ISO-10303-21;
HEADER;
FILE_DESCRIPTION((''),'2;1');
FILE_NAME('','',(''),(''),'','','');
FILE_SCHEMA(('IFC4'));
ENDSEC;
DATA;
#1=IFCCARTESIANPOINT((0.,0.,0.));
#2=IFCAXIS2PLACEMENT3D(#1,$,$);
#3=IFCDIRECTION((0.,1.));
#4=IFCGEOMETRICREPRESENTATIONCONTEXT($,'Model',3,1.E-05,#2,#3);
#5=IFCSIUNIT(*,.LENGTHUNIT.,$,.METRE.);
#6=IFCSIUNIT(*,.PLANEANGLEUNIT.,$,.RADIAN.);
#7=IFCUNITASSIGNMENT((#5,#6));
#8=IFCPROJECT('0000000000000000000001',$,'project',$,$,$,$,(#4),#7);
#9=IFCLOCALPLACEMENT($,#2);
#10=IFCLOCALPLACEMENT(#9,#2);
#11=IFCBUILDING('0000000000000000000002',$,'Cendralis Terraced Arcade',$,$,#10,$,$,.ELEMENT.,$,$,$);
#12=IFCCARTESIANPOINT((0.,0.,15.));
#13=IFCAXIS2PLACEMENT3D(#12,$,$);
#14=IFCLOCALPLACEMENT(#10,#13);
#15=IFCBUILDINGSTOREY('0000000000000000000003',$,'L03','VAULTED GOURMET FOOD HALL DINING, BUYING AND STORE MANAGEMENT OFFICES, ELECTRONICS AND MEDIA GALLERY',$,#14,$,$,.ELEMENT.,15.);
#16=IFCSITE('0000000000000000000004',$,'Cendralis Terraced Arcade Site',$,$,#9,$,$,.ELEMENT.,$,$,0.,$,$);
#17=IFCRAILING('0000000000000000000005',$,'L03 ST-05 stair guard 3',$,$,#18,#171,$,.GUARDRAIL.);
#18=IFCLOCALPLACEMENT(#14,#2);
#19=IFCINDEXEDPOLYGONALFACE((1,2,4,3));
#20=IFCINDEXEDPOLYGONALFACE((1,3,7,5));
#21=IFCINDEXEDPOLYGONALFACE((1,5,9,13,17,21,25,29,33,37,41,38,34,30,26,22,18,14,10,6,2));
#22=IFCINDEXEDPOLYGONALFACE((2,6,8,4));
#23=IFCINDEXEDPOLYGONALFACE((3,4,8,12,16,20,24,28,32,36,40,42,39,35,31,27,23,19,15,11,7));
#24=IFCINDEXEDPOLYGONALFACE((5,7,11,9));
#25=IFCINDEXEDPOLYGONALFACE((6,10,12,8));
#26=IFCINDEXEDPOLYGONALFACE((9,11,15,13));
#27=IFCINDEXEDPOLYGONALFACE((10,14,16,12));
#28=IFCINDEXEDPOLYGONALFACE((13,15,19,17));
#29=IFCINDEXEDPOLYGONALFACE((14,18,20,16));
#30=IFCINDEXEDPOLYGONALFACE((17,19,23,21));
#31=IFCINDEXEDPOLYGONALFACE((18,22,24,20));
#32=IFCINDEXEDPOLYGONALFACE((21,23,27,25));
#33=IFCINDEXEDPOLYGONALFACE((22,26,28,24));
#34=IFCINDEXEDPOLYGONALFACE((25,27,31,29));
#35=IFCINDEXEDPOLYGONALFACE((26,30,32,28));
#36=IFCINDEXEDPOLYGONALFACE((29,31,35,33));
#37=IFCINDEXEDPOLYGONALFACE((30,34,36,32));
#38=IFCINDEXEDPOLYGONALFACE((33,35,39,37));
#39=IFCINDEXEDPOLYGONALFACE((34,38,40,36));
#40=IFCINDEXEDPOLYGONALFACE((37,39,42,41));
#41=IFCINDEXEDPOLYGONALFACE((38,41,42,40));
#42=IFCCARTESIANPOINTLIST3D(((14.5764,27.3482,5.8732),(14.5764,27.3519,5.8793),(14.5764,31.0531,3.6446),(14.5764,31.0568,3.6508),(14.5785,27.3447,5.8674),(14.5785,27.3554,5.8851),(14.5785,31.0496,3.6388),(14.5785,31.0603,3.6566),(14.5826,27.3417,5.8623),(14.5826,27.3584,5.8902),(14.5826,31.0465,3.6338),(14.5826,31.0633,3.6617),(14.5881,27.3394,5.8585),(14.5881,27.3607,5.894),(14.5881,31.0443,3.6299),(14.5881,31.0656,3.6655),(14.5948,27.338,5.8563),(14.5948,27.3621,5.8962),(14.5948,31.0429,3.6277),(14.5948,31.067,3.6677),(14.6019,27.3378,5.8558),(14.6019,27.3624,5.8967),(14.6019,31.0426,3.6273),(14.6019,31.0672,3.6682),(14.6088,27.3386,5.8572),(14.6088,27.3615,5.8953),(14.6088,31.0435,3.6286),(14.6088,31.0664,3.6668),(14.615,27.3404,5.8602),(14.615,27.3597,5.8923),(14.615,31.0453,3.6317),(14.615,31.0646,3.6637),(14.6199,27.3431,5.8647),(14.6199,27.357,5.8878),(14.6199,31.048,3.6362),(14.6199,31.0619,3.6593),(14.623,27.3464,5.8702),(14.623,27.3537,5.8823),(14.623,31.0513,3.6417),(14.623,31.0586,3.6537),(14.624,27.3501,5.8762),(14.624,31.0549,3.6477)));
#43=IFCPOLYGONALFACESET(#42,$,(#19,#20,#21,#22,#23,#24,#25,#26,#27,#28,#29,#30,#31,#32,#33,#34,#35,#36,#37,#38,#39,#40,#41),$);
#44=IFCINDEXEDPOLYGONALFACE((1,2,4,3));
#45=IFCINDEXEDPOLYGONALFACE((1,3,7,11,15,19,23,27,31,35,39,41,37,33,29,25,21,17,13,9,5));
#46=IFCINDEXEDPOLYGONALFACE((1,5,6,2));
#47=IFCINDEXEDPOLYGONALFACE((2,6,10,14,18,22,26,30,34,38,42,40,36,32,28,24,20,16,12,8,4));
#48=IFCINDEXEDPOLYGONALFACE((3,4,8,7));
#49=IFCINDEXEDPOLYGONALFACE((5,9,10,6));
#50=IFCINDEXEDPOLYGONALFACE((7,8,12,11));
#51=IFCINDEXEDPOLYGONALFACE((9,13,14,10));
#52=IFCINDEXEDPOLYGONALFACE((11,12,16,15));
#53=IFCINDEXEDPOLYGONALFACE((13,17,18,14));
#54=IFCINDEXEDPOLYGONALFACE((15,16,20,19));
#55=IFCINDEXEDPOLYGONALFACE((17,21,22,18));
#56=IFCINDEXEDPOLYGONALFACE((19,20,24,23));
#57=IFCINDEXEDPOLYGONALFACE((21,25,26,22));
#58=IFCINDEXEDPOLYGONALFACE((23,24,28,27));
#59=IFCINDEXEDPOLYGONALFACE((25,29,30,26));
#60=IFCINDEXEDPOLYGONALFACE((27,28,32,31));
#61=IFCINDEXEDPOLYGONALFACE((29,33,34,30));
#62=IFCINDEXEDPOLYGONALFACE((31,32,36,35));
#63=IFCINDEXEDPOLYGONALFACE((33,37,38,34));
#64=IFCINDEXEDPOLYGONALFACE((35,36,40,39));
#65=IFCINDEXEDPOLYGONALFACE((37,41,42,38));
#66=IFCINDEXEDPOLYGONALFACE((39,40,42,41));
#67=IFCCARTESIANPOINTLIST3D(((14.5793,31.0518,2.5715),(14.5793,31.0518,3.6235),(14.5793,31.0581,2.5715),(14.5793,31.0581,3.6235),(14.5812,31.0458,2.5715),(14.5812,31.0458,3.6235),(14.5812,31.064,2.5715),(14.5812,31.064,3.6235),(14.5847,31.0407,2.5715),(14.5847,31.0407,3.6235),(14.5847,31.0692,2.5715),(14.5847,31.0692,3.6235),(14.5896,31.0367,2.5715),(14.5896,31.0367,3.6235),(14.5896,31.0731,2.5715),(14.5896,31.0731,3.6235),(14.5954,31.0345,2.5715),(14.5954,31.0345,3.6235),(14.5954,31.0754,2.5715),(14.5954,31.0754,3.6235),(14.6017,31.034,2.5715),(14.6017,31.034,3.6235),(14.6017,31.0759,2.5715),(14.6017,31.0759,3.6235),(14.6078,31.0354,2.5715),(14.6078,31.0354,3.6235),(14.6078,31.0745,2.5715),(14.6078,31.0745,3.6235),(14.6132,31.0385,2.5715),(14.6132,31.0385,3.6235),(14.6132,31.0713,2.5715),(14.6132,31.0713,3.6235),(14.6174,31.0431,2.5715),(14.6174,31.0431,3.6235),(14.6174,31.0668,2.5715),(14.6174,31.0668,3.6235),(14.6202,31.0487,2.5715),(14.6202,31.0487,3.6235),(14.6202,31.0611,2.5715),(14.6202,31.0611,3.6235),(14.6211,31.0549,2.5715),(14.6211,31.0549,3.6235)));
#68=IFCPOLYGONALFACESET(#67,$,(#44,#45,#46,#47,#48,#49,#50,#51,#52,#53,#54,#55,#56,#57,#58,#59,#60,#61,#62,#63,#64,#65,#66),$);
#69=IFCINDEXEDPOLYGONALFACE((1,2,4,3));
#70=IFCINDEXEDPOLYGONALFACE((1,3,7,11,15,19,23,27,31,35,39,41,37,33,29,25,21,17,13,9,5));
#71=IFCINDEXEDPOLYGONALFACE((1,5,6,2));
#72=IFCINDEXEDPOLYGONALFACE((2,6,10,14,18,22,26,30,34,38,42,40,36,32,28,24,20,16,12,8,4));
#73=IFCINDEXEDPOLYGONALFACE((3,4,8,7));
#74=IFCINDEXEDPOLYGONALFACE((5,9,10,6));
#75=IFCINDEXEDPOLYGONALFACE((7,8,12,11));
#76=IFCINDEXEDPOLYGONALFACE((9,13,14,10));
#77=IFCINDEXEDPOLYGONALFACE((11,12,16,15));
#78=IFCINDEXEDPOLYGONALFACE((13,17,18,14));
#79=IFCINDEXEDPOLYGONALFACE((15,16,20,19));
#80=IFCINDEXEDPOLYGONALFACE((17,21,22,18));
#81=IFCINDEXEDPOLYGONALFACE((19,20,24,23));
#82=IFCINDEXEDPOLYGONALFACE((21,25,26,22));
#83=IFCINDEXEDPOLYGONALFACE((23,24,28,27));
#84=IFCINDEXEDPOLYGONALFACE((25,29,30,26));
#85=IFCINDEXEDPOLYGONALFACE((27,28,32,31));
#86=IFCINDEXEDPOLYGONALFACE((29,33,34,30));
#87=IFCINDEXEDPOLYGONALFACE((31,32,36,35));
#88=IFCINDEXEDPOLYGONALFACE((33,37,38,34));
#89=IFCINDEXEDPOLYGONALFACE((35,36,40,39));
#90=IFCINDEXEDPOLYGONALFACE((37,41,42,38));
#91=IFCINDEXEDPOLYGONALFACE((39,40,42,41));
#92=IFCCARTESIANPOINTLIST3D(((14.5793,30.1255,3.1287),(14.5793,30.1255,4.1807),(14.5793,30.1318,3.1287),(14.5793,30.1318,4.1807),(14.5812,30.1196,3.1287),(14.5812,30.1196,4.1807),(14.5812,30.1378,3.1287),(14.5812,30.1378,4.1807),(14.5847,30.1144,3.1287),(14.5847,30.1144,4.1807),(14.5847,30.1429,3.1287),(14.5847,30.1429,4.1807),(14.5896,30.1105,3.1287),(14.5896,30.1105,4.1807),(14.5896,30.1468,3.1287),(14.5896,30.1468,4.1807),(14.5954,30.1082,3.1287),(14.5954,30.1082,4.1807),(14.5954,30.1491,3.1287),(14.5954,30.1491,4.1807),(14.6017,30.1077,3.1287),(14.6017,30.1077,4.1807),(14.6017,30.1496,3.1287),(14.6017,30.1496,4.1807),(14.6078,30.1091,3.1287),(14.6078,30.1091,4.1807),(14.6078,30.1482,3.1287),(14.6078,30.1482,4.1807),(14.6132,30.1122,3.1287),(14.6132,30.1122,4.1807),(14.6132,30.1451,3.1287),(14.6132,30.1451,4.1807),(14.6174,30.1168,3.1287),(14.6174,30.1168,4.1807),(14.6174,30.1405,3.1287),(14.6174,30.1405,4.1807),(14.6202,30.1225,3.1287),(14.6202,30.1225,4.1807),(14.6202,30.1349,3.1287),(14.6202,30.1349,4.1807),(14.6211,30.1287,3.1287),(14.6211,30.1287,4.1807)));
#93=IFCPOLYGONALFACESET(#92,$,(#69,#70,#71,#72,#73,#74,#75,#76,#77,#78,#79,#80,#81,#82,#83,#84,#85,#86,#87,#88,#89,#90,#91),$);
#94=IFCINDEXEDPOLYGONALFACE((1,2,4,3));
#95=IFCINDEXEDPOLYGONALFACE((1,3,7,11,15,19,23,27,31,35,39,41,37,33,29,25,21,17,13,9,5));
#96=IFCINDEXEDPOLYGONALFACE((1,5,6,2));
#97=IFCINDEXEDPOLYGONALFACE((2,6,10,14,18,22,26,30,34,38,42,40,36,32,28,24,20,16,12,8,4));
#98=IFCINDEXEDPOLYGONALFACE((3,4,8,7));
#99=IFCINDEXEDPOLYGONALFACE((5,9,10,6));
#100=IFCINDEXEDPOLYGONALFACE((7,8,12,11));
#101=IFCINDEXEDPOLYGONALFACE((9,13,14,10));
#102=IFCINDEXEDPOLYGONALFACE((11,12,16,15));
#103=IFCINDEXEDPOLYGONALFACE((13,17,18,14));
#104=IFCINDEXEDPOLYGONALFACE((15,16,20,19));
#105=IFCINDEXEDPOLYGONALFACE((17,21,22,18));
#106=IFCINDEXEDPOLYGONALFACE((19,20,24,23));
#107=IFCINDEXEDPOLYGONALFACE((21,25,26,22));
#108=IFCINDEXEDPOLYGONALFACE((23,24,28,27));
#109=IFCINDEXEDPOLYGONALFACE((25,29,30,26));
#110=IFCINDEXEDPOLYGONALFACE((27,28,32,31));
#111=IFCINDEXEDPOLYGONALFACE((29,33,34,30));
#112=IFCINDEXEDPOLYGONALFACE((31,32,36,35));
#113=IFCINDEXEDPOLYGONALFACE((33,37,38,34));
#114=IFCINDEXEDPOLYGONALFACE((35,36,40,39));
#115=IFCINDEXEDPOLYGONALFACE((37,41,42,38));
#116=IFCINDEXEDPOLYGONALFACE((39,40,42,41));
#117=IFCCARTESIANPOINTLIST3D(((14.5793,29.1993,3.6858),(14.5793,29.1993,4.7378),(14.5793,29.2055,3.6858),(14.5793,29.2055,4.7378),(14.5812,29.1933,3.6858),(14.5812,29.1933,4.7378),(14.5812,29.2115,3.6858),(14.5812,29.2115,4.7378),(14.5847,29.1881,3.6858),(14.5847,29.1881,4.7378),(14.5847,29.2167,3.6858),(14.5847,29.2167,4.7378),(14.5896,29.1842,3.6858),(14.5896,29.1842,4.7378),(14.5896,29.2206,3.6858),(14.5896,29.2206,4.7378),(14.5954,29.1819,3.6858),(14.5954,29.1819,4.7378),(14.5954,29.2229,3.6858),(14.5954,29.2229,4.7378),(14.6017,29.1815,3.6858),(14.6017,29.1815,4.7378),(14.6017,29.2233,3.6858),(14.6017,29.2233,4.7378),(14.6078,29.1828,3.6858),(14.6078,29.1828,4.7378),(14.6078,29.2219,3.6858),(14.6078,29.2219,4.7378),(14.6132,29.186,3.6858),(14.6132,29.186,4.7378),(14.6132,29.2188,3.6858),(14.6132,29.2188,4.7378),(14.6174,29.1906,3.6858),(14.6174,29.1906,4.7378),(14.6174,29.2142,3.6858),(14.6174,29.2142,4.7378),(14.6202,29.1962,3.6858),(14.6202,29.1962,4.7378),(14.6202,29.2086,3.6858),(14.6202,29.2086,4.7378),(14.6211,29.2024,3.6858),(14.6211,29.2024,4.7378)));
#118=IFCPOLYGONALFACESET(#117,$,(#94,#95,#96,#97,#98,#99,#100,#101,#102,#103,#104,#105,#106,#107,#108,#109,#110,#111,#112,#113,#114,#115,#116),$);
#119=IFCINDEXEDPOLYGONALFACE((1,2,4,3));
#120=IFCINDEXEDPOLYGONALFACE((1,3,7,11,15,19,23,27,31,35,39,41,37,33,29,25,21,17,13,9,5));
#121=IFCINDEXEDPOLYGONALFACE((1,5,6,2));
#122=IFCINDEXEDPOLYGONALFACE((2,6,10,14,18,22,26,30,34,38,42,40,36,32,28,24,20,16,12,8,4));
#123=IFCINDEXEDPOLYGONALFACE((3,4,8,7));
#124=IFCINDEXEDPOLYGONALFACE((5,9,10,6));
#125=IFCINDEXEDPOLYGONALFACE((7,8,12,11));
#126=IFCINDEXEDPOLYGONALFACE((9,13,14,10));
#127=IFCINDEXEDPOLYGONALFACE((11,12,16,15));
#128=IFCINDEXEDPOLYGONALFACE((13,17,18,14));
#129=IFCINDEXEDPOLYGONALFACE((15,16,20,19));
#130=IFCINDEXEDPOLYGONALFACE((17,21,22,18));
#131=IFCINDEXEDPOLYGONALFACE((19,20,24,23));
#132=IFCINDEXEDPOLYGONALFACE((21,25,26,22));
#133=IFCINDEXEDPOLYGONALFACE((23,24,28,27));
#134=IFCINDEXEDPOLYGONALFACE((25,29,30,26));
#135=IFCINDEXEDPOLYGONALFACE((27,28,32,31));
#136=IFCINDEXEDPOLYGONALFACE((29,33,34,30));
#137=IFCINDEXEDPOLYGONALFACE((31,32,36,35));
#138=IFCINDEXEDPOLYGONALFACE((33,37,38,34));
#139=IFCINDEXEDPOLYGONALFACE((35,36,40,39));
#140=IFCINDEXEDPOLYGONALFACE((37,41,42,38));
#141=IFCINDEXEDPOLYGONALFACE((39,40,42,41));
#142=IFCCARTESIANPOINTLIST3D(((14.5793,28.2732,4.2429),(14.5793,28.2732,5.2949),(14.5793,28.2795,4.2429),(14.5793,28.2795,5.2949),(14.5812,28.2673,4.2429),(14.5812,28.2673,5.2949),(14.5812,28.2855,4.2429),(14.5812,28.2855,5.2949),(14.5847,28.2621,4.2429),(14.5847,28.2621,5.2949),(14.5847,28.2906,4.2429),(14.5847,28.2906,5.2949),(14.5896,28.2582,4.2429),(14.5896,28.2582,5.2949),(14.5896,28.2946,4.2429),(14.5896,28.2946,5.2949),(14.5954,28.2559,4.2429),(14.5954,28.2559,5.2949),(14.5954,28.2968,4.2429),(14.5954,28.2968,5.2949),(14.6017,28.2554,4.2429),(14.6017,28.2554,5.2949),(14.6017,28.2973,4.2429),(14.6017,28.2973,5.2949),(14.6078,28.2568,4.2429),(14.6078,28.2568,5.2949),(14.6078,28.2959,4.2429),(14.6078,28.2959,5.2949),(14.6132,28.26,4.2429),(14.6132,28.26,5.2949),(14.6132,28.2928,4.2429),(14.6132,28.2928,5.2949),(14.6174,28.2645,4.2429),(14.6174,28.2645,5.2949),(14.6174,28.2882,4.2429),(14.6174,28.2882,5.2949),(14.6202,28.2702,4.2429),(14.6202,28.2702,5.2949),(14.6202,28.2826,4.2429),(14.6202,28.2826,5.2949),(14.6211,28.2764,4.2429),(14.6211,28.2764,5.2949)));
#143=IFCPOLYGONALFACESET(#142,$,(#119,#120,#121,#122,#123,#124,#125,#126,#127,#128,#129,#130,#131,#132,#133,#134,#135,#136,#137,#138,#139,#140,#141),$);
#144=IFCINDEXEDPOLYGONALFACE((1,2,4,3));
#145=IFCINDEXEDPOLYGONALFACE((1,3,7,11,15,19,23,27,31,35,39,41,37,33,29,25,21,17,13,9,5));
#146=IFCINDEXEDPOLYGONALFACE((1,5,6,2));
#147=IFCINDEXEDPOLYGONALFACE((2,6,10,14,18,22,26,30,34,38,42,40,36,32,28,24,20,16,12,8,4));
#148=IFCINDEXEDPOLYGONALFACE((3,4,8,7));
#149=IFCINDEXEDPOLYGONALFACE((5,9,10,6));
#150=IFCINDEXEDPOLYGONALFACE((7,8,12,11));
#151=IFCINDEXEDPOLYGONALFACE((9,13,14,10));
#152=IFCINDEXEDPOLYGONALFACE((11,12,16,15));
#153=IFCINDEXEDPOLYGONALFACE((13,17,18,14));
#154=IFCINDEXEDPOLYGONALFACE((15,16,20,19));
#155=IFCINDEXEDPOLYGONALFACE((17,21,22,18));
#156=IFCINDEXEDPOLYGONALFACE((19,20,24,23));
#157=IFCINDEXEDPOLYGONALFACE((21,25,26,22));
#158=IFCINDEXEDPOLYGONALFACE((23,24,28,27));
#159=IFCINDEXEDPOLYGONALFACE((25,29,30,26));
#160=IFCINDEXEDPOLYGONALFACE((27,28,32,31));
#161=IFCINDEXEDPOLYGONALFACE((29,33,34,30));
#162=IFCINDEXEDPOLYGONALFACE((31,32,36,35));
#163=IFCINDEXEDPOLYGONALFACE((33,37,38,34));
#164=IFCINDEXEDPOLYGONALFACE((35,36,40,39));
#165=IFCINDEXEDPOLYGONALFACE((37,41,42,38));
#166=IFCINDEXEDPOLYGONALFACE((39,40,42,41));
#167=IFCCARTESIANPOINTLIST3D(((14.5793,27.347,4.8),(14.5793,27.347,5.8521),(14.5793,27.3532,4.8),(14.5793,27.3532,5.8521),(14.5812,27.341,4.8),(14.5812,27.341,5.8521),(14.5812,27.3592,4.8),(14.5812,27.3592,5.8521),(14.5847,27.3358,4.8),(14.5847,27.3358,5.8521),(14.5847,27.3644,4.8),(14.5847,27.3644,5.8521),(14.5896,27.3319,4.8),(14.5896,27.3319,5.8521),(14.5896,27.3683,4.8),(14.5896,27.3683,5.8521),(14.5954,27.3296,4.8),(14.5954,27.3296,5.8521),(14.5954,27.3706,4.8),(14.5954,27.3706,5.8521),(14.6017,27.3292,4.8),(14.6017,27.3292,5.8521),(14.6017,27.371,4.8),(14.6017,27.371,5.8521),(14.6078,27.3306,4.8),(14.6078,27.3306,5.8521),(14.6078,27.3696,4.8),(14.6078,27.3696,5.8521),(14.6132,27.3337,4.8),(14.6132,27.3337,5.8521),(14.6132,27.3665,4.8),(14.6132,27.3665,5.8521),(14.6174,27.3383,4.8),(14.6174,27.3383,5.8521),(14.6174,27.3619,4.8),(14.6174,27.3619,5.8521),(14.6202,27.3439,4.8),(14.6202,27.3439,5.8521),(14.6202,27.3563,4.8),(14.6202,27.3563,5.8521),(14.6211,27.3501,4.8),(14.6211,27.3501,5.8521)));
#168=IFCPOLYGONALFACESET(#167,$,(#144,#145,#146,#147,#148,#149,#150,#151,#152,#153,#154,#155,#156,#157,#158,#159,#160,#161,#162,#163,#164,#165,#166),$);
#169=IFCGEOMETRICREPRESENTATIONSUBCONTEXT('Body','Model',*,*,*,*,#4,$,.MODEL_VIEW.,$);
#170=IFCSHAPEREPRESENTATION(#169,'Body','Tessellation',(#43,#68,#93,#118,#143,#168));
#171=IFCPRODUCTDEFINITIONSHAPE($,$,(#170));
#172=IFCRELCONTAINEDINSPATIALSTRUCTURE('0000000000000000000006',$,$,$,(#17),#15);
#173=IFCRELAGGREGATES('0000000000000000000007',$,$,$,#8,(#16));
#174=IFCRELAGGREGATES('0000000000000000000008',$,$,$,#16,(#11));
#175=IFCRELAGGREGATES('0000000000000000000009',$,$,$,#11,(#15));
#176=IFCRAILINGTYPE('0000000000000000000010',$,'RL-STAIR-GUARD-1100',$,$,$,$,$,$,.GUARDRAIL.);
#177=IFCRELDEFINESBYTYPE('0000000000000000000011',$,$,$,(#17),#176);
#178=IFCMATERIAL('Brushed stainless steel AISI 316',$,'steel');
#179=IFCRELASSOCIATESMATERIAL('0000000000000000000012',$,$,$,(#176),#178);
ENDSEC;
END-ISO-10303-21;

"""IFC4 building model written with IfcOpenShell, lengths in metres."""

from ifc_helpers import new_model, si_unit, direction, frame, origin, origin_2d, place, context, subcontext, project, spatial, circle, extrude, material, type_object, element, save


model = new_model("IFC4")

# Units and contexts
model_context = context("Model", 3, precision=1e-05, world=origin(), true_north=direction((0.0, 1.0)))
body_context = subcontext(model_context, "Body", "Model", "MODEL_VIEW")
ifc_project = project(units=[si_unit("LENGTHUNIT", "METRE"), si_unit("PLANEANGLEUNIT", "RADIAN")], contexts=[model_context])

# Site, building, storey
site_placement = place(None, origin())
site = spatial("IfcSite", under=ifc_project, at=site_placement, Name="Cendralis Terraced Arcade Site", CompositionType="ELEMENT", RefElevation=0.0)
building_placement = place(site_placement, origin())
building = spatial("IfcBuilding", under=site, at=building_placement, Name="Cendralis Terraced Arcade", CompositionType="ELEMENT")
storey_placement = place(building_placement, frame((0.0, 0.0, 15.0)))
storey = spatial("IfcBuildingStorey", under=building, at=storey_placement, Name="L03", Description="VAULTED GOURMET FOOD HALL DINING, BUYING AND STORE MANAGEMENT OFFICES, ELECTRONICS AND MEDIA GALLERY", CompositionType="ELEMENT", Elevation=15.0)

# Railing
ifc_material_1 = material(Name="Brushed stainless steel AISI 316", Category="steel")
railing_type_1 = type_object("IfcRailingType", Name="RL-STAIR-GUARD-1100", PredefinedType="GUARDRAIL", material=ifc_material_1)
railing_1_placement = place(storey_placement, frame((14.6001, 31.0549, 2.5715)))
element("IfcRailing", 1, at=railing_1_placement, inside=storey, type_object=railing_type_1, Name="L03 ST-05 stair guard 3", PredefinedType="GUARDRAIL", context=body_context, shape_type="SweptSolid", body=[
    extrude(circle(Radius=0.0239, at=origin_2d()), frame((0.0, 0.0, 1.0762), z_axis=(0.0, -0.856919, 0.51545), x_axis=(1.0, 0.0, 0.0)), (0.0, 0.0, 1.0), 4.3235),
    extrude(circle(Radius=0.021, at=origin_2d()), origin(), (0.0, 0.0, 1.0), 1.052),
    extrude(circle(Radius=0.021, at=origin_2d()), frame((0.0, -0.9263, 0.5571)), (0.0, 0.0, 1.0), 1.052),
    extrude(circle(Radius=0.021, at=origin_2d()), frame((0.0, -1.8525, 1.1143)), (0.0, 0.0, 1.0), 1.052),
    extrude(circle(Radius=0.021, at=origin_2d()), frame((0.0, -2.7786, 1.6714)), (0.0, 0.0, 1.0), 1.052),
    extrude(circle(Radius=0.021, at=origin_2d()), frame((0.0, -3.7048, 2.2285)), (0.0, 0.0, 1.0), 1.052),
])

save(model, "model.ifc")
